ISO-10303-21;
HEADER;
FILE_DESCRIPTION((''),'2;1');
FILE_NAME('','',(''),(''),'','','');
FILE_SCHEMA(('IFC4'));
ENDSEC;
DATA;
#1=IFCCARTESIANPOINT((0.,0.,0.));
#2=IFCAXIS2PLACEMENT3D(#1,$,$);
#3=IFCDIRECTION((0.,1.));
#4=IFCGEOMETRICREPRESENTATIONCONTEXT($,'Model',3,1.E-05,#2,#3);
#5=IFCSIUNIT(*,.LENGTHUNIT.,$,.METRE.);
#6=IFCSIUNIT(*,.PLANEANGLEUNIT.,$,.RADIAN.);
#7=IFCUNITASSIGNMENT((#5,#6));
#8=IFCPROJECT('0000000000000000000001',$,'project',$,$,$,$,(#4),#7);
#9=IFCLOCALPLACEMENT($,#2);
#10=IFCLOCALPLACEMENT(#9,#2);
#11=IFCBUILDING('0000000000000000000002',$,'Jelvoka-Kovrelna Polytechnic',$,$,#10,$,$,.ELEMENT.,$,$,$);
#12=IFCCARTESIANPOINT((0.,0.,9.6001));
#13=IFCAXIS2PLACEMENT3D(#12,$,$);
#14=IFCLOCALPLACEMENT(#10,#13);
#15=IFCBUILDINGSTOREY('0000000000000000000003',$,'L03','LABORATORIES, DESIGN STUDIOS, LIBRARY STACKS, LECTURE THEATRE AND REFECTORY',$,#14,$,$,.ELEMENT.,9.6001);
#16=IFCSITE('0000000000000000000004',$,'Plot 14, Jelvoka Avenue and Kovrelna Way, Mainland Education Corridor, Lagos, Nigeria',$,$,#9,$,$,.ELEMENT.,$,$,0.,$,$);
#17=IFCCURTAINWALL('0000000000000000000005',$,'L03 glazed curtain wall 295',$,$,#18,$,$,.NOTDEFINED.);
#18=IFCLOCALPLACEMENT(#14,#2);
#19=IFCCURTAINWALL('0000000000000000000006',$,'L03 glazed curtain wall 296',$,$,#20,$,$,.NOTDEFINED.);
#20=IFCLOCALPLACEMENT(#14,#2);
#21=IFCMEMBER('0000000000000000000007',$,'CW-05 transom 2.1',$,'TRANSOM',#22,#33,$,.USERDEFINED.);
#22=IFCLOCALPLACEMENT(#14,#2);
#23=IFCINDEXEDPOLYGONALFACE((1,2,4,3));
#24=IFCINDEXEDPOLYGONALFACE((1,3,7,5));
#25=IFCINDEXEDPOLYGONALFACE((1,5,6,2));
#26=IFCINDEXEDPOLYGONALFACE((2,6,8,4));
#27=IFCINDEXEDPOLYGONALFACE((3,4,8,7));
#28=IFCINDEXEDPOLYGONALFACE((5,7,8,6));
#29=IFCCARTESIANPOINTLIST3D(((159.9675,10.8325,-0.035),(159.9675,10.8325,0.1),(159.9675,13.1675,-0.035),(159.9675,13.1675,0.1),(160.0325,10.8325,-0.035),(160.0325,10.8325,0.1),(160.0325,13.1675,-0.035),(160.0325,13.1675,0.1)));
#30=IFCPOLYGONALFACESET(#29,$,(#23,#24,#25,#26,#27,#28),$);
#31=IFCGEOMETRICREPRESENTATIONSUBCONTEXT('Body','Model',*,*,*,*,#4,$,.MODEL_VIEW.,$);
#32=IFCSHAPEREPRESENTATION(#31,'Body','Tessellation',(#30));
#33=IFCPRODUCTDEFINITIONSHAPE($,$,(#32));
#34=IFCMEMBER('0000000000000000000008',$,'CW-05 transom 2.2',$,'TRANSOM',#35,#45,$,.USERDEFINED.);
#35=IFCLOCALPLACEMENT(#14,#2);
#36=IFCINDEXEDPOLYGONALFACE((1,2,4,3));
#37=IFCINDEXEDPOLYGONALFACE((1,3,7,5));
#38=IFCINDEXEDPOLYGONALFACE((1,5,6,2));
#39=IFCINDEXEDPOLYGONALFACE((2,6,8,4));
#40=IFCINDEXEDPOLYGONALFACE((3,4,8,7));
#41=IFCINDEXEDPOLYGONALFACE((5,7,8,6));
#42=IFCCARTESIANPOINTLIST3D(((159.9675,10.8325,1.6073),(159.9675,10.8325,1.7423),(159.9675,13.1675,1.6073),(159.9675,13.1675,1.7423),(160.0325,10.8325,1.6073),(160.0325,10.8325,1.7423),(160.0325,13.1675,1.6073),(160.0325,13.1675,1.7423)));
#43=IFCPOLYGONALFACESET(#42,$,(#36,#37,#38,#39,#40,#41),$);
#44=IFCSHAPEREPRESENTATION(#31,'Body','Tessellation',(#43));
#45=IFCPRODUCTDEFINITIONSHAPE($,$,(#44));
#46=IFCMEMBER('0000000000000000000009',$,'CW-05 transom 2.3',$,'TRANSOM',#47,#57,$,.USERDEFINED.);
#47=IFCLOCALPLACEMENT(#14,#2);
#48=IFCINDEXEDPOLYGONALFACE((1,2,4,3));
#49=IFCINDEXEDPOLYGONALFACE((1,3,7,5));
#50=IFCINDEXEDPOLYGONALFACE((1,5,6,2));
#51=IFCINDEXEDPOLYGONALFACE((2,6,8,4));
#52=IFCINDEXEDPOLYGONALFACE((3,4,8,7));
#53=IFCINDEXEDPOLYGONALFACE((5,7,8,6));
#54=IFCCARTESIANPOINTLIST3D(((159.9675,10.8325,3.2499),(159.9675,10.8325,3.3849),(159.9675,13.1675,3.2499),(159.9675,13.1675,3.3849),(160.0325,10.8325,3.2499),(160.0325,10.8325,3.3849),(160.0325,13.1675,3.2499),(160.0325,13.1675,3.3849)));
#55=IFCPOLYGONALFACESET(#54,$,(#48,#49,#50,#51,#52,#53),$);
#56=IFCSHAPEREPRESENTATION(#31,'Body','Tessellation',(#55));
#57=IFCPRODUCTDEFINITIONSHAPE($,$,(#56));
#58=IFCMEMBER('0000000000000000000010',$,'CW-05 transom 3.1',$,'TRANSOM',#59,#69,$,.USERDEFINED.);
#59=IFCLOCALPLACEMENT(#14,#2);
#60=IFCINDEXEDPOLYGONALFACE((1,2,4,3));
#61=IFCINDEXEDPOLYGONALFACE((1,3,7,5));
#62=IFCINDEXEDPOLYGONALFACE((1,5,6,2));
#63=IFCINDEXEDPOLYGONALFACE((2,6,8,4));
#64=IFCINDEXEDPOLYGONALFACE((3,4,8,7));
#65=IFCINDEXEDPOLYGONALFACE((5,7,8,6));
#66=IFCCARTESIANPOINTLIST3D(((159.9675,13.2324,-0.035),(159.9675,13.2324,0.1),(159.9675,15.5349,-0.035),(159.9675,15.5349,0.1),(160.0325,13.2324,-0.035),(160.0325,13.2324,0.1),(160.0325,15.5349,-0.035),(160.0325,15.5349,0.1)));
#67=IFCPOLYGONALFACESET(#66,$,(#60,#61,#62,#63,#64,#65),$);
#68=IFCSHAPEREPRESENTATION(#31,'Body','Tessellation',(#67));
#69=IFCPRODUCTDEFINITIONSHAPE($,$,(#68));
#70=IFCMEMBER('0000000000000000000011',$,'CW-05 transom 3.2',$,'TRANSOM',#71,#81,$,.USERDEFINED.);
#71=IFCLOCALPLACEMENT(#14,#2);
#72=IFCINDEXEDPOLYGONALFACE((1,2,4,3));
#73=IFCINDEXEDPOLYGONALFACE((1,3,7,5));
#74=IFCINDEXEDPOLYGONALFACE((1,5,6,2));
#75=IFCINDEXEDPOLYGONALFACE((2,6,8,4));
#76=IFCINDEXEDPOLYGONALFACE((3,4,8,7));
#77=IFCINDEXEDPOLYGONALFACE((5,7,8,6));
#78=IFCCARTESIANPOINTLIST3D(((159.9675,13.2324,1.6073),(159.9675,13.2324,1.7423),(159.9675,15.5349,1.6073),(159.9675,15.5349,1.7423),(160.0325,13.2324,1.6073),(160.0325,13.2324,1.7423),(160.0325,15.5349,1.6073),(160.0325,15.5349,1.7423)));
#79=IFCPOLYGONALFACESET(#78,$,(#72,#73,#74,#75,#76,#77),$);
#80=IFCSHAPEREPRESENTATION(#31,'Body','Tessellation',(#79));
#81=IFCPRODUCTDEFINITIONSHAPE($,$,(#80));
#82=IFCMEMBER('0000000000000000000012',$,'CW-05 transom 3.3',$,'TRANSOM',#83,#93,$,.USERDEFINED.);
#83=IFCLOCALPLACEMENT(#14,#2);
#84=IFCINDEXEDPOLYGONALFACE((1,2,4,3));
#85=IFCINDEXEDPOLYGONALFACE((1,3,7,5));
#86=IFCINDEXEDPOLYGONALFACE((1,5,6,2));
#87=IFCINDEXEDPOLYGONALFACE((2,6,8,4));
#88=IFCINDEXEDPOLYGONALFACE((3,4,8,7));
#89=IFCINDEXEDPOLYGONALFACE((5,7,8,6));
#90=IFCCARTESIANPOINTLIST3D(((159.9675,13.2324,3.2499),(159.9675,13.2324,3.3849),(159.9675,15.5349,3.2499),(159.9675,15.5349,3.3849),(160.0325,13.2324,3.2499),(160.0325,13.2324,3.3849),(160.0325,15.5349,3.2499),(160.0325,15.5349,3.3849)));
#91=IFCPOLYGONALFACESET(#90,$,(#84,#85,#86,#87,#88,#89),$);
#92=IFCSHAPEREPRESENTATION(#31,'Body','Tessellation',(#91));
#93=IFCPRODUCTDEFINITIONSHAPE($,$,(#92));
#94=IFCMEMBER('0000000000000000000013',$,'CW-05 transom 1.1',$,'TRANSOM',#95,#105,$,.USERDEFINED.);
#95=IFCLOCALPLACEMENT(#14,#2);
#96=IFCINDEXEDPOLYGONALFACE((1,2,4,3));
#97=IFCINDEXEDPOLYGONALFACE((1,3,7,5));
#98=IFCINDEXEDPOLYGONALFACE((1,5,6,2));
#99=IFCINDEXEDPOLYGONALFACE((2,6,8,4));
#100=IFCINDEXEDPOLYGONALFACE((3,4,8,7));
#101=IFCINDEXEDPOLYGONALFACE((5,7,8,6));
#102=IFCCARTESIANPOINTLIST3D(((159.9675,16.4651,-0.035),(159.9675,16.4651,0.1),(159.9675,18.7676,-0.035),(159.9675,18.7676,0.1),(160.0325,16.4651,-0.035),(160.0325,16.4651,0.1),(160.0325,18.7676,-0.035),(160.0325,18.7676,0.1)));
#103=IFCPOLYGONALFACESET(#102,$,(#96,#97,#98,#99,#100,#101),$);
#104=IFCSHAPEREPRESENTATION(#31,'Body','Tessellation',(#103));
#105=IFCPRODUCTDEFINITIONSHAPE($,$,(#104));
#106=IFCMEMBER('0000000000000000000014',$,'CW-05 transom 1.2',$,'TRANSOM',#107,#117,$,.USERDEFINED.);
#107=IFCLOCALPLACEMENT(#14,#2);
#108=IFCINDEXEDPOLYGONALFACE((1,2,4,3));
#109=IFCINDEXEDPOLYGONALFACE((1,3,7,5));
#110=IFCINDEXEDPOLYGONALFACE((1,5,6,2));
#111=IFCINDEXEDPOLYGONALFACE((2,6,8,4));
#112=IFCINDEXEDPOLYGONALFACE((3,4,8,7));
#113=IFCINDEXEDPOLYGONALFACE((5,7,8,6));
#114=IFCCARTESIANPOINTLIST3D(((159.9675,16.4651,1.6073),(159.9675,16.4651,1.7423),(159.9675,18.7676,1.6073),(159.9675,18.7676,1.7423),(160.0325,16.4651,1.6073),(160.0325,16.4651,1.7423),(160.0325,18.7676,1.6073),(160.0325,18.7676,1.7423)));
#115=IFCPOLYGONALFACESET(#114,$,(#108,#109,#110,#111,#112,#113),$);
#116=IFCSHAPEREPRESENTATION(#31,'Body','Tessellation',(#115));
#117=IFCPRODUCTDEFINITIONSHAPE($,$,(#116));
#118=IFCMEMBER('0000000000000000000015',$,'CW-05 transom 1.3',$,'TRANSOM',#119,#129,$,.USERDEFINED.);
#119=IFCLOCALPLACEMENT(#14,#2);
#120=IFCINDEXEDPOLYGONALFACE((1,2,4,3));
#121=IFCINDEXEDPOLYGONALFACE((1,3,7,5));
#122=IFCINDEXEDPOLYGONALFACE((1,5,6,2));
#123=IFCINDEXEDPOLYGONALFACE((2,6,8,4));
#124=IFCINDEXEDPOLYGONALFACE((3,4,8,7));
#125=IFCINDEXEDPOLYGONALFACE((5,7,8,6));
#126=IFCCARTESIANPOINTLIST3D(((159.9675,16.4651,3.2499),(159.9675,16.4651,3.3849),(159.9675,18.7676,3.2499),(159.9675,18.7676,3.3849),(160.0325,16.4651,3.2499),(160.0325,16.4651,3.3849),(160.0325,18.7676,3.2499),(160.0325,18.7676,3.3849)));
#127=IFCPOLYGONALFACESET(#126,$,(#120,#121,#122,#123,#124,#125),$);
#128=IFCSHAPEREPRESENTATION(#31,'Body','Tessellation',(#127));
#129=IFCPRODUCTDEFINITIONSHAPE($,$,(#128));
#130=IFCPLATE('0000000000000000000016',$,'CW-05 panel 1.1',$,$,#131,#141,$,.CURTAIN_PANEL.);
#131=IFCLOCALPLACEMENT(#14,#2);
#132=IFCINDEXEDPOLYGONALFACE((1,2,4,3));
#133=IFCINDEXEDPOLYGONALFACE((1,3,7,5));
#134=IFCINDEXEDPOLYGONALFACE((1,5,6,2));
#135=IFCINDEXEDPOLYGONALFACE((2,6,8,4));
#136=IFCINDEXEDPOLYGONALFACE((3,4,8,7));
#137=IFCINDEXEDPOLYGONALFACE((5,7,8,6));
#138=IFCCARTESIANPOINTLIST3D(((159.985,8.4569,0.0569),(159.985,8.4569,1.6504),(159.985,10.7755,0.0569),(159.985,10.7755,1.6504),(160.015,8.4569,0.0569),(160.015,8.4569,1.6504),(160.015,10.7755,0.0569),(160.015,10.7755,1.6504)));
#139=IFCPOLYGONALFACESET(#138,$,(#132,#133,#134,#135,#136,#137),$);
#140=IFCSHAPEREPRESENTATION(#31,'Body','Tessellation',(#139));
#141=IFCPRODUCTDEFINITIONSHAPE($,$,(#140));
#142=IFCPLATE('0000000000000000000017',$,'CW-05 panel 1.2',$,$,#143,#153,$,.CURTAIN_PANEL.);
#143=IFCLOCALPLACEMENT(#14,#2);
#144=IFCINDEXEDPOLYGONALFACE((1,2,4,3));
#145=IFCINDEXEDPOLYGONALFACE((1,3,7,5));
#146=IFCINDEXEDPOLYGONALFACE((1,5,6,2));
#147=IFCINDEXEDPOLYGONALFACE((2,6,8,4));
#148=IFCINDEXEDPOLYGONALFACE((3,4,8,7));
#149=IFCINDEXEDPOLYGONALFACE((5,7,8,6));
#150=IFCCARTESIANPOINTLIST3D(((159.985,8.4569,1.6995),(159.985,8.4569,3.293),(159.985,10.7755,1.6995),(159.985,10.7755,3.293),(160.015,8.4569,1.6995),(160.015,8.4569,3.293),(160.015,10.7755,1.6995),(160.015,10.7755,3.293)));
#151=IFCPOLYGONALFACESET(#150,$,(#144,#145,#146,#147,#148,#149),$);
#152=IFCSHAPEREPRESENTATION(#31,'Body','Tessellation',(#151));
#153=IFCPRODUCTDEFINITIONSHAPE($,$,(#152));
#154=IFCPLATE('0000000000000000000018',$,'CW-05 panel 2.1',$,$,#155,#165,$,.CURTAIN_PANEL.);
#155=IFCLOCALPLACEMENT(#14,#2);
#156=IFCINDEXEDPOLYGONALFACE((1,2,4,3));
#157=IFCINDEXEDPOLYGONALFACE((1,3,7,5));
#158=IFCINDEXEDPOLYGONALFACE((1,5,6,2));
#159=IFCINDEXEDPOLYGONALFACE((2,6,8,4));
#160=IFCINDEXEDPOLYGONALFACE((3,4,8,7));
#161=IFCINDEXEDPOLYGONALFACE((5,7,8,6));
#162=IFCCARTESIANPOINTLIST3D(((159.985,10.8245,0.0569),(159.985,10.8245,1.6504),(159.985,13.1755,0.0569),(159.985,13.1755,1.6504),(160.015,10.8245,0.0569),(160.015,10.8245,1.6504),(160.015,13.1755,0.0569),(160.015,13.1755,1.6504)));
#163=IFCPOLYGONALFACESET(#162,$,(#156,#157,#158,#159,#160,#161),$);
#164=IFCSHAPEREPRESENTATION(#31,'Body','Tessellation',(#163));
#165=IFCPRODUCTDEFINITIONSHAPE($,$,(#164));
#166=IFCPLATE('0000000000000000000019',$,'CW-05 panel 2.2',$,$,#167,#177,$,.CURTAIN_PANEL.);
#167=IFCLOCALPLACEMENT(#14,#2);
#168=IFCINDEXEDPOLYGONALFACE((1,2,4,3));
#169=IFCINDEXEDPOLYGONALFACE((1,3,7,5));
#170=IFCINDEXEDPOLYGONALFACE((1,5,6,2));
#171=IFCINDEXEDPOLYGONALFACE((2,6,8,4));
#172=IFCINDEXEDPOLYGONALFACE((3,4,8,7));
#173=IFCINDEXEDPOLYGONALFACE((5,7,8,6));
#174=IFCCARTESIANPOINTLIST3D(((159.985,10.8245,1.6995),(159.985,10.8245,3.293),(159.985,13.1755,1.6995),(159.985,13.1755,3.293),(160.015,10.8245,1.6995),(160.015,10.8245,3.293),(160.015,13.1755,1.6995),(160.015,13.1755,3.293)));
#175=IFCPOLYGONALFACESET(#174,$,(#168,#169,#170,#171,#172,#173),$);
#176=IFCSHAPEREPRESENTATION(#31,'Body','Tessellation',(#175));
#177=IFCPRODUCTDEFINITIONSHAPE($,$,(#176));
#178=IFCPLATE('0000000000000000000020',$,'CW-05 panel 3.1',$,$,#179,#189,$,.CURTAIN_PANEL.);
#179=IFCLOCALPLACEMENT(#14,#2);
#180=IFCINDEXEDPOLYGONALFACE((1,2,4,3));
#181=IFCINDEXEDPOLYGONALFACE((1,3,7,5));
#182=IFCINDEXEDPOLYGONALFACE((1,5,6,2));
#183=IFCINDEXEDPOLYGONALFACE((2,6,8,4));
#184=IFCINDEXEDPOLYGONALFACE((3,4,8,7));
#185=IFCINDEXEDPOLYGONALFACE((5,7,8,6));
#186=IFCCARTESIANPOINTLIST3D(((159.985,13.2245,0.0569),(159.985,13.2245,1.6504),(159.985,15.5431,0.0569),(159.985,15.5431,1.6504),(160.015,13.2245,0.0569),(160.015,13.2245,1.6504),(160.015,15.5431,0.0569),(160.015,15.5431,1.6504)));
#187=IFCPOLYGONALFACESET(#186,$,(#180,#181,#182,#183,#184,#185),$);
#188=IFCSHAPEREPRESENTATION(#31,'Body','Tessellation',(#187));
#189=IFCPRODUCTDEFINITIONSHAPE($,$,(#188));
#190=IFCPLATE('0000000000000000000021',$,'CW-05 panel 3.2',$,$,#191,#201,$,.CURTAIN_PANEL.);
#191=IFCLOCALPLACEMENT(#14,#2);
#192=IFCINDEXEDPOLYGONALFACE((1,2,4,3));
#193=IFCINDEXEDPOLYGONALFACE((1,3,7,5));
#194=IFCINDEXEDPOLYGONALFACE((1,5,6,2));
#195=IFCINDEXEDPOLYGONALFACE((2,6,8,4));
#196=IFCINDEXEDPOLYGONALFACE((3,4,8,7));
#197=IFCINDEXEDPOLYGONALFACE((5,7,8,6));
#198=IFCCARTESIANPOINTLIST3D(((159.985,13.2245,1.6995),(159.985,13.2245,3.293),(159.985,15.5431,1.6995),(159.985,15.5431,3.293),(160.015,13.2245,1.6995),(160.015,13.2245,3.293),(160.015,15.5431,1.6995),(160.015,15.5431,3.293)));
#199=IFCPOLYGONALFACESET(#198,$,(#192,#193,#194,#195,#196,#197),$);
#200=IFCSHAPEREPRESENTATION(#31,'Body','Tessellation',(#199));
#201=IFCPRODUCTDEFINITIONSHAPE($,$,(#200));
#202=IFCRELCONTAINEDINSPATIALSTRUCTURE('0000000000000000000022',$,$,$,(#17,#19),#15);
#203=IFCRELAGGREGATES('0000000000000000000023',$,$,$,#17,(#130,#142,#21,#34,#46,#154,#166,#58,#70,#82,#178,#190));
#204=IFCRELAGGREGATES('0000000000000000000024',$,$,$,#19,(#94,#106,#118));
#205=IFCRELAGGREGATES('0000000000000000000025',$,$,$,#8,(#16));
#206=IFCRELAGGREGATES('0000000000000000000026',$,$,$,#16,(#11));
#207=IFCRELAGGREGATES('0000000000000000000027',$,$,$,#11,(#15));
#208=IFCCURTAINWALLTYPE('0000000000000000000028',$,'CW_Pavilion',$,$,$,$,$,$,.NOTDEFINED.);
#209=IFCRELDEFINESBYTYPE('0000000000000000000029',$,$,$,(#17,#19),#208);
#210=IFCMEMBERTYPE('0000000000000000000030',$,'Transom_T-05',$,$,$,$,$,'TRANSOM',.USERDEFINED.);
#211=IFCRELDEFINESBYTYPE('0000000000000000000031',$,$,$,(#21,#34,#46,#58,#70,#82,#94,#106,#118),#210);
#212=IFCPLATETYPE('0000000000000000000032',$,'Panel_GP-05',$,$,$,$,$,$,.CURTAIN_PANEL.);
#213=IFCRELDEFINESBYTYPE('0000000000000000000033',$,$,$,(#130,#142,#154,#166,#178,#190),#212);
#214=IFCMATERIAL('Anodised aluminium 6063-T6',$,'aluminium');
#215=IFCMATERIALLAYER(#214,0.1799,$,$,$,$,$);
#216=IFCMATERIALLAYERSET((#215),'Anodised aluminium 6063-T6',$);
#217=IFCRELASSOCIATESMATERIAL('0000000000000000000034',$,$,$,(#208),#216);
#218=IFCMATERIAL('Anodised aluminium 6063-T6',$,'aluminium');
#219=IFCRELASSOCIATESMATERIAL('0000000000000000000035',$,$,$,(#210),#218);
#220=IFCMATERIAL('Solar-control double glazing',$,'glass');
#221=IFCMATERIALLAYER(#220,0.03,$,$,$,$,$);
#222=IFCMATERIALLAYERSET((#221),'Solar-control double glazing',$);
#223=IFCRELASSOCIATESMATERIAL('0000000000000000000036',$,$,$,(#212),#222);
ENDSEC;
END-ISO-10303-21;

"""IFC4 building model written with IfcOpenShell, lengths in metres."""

from ifc_helpers import new_model, si_unit, direction, frame, origin, origin_2d, place, context, subcontext, project, spatial, rectangle, extrude, material, layer, layer_set, material_profile, profile_set, type_object, element, aggregate, save


model = new_model("IFC4")

# Units and contexts
model_context = context("Model", 3, precision=1e-05, world=origin(), true_north=direction((0.0, 1.0)))
body_context = subcontext(model_context, "Body", "Model", "MODEL_VIEW")
ifc_project = project(units=[si_unit("LENGTHUNIT", "METRE"), si_unit("PLANEANGLEUNIT", "RADIAN")], contexts=[model_context])

# Site, building, storey
site_placement = place(None, origin())
site = spatial("IfcSite", under=ifc_project, at=site_placement, Name="Plot 14, Jelvoka Avenue and Kovrelna Way, Mainland Education Corridor, Lagos, Nigeria", CompositionType="ELEMENT", RefElevation=0.0)
building_placement = place(site_placement, origin())
building = spatial("IfcBuilding", under=site, at=building_placement, Name="Jelvoka-Kovrelna Polytechnic", CompositionType="ELEMENT")
storey_placement = place(building_placement, frame((0.0, 0.0, 9.6001)))
storey = spatial("IfcBuildingStorey", under=building, at=storey_placement, Name="L03", Description="LABORATORIES, DESIGN STUDIOS, LIBRARY STACKS, LECTURE THEATRE AND REFECTORY", CompositionType="ELEMENT", Elevation=9.6001)

# Curtain wall
ifc_material_1 = material(Name="Anodised aluminium 6063-T6", Category="aluminium")
ifc_layer_1 = layer(ifc_material_1, 0.1799)
ifc_layer_set_1 = layer_set([ifc_layer_1], Name="Anodised aluminium 6063-T6")
curtain_wall_type = type_object("IfcCurtainWallType", Name="CW_Pavilion", PredefinedType="NOTDEFINED", material=ifc_layer_set_1)
curtain_wall_1_placement = place(storey_placement, origin())
curtain_wall_1 = element("IfcCurtainWall", 1, at=curtain_wall_1_placement, inside=storey, type_object=curtain_wall_type, Name="L03 glazed curtain wall 295", PredefinedType="NOTDEFINED")

# Curtain wall
curtain_wall_2_placement = place(storey_placement, origin())
curtain_wall_2 = element("IfcCurtainWall", 2, at=curtain_wall_2_placement, inside=storey, type_object=curtain_wall_type, Name="L03 glazed curtain wall 296", PredefinedType="NOTDEFINED")

# Members
ifc_material_2 = material(Name="Anodised aluminium 6063-T6", Category="aluminium")
ifc_material_profile_1 = material_profile(ifc_material_2, rectangle(XDim=0.0649, YDim=0.135, at=origin_2d()), Name="ALU 65x135")
ifc_profile_set_1 = profile_set([ifc_material_profile_1], Name="Anodised aluminium 6063-T6")
member_type_1 = type_object("IfcMemberType", Name="Transom_T-05", ElementType="TRANSOM", PredefinedType="USERDEFINED", material=ifc_profile_set_1)
member_1_placement = place(storey_placement, frame((160.0, 10.8325, 0.0325), z_axis=(0.0, 1.0, 0.0), x_axis=(-1.0, 0.0, 0.0)))
member_1 = element("IfcMember", 3, at=member_1_placement, type_object=member_type_1, Name="CW-05 transom 2.1", ObjectType="TRANSOM", PredefinedType="USERDEFINED", context=body_context, shape_type="SweptSolid", body=[
    extrude(rectangle(XDim=0.0649, YDim=0.135, at=origin_2d()), origin(), (0.0, 0.0, 1.0), 2.335),
])
member_2_placement = place(storey_placement, frame((160.0, 10.8325, 1.6748), z_axis=(0.0, 1.0, 0.0), x_axis=(-1.0, 0.0, 0.0)))
member_2 = element("IfcMember", 4, at=member_2_placement, type_object=member_type_1, Name="CW-05 transom 2.2", ObjectType="TRANSOM", PredefinedType="USERDEFINED", context=body_context, shape_type="SweptSolid", body=[
    extrude(rectangle(XDim=0.0649, YDim=0.135, at=origin_2d()), origin(), (0.0, 0.0, 1.0), 2.335),
])
member_3_placement = place(storey_placement, frame((160.0, 10.8325, 3.3174), z_axis=(0.0, 1.0, 0.0), x_axis=(-1.0, 0.0, 0.0)))
member_3 = element("IfcMember", 5, at=member_3_placement, type_object=member_type_1, Name="CW-05 transom 2.3", ObjectType="TRANSOM", PredefinedType="USERDEFINED", context=body_context, shape_type="SweptSolid", body=[
    extrude(rectangle(XDim=0.0649, YDim=0.135, at=origin_2d()), origin(), (0.0, 0.0, 1.0), 2.335),
])
member_4_placement = place(storey_placement, frame((160.0, 13.2324, 0.0325), z_axis=(0.0, 1.0, 0.0), x_axis=(-1.0, 0.0, 0.0)))
member_4 = element("IfcMember", 6, at=member_4_placement, type_object=member_type_1, Name="CW-05 transom 3.1", ObjectType="TRANSOM", PredefinedType="USERDEFINED", context=body_context, shape_type="SweptSolid", body=[
    extrude(rectangle(XDim=0.0649, YDim=0.135, at=origin_2d()), origin(), (0.0, 0.0, 1.0), 2.3025),
])
member_5_placement = place(storey_placement, frame((160.0, 13.2324, 1.6748), z_axis=(0.0, 1.0, 0.0), x_axis=(-1.0, 0.0, 0.0)))
member_5 = element("IfcMember", 7, at=member_5_placement, type_object=member_type_1, Name="CW-05 transom 3.2", ObjectType="TRANSOM", PredefinedType="USERDEFINED", context=body_context, shape_type="SweptSolid", body=[
    extrude(rectangle(XDim=0.0649, YDim=0.135, at=origin_2d()), origin(), (0.0, 0.0, 1.0), 2.3025),
])
member_6_placement = place(storey_placement, frame((160.0, 13.2324, 3.3174), z_axis=(0.0, 1.0, 0.0), x_axis=(-1.0, 0.0, 0.0)))
member_6 = element("IfcMember", 8, at=member_6_placement, type_object=member_type_1, Name="CW-05 transom 3.3", ObjectType="TRANSOM", PredefinedType="USERDEFINED", context=body_context, shape_type="SweptSolid", body=[
    extrude(rectangle(XDim=0.0649, YDim=0.135, at=origin_2d()), origin(), (0.0, 0.0, 1.0), 2.3025),
])
member_7_placement = place(storey_placement, frame((160.0, 16.4651, 0.0325), z_axis=(0.0, 1.0, 0.0), x_axis=(-1.0, 0.0, 0.0)))
member_7 = element("IfcMember", 9, at=member_7_placement, type_object=member_type_1, Name="CW-05 transom 1.1", ObjectType="TRANSOM", PredefinedType="USERDEFINED", context=body_context, shape_type="SweptSolid", body=[
    extrude(rectangle(XDim=0.0649, YDim=0.135, at=origin_2d()), origin(), (0.0, 0.0, 1.0), 2.3025),
])
member_8_placement = place(storey_placement, frame((160.0, 16.4651, 1.6748), z_axis=(0.0, 1.0, 0.0), x_axis=(-1.0, 0.0, 0.0)))
member_8 = element("IfcMember", 10, at=member_8_placement, type_object=member_type_1, Name="CW-05 transom 1.2", ObjectType="TRANSOM", PredefinedType="USERDEFINED", context=body_context, shape_type="SweptSolid", body=[
    extrude(rectangle(XDim=0.0649, YDim=0.135, at=origin_2d()), origin(), (0.0, 0.0, 1.0), 2.3025),
])
member_9_placement = place(storey_placement, frame((160.0, 16.4651, 3.3174), z_axis=(0.0, 1.0, 0.0), x_axis=(-1.0, 0.0, 0.0)))
member_9 = element("IfcMember", 11, at=member_9_placement, type_object=member_type_1, Name="CW-05 transom 1.3", ObjectType="TRANSOM", PredefinedType="USERDEFINED", context=body_context, shape_type="SweptSolid", body=[
    extrude(rectangle(XDim=0.0649, YDim=0.135, at=origin_2d()), origin(), (0.0, 0.0, 1.0), 2.3025),
])

# Plates
ifc_material_3 = material(Name="Solar-control double glazing", Category="glass")
ifc_layer_2 = layer(ifc_material_3, 0.03)
ifc_layer_set_2 = layer_set([ifc_layer_2], Name="Solar-control double glazing")
plate_type = type_object("IfcPlateType", Name="Panel_GP-05", PredefinedType="CURTAIN_PANEL", material=ifc_layer_set_2)
plate_1_placement = place(storey_placement, frame((160.0, 9.6162, 0.0569), z_axis=(0.0, 0.0, 1.0), x_axis=(0.0, 1.0, 0.0)))
plate_1 = element("IfcPlate", 12, at=plate_1_placement, type_object=plate_type, Name="CW-05 panel 1.1", PredefinedType="CURTAIN_PANEL", context=body_context, shape_type="SweptSolid", body=[
    extrude(rectangle(XDim=2.3186, YDim=0.03, at=origin_2d()), origin(), (0.0, 0.0, 1.0), 1.5935),
])
plate_2_placement = place(storey_placement, frame((160.0, 9.6162, 1.6995), z_axis=(0.0, 0.0, 1.0), x_axis=(0.0, 1.0, 0.0)))
plate_2 = element("IfcPlate", 13, at=plate_2_placement, type_object=plate_type, Name="CW-05 panel 1.2", PredefinedType="CURTAIN_PANEL", context=body_context, shape_type="SweptSolid", body=[
    extrude(rectangle(XDim=2.3186, YDim=0.03, at=origin_2d()), origin(), (0.0, 0.0, 1.0), 1.5935),
])
plate_3_placement = place(storey_placement, frame((160.0, 12.0, 0.0569), z_axis=(0.0, 0.0, 1.0), x_axis=(0.0, 1.0, 0.0)))
plate_3 = element("IfcPlate", 14, at=plate_3_placement, type_object=plate_type, Name="CW-05 panel 2.1", PredefinedType="CURTAIN_PANEL", context=body_context, shape_type="SweptSolid", body=[
    extrude(rectangle(XDim=2.3511, YDim=0.03, at=origin_2d()), origin(), (0.0, 0.0, 1.0), 1.5935),
])
plate_4_placement = place(storey_placement, frame((160.0, 12.0, 1.6995), z_axis=(0.0, 0.0, 1.0), x_axis=(0.0, 1.0, 0.0)))
plate_4 = element("IfcPlate", 15, at=plate_4_placement, type_object=plate_type, Name="CW-05 panel 2.2", PredefinedType="CURTAIN_PANEL", context=body_context, shape_type="SweptSolid", body=[
    extrude(rectangle(XDim=2.3511, YDim=0.03, at=origin_2d()), origin(), (0.0, 0.0, 1.0), 1.5935),
])
plate_5_placement = place(storey_placement, frame((160.0, 14.3838, 0.0569), z_axis=(0.0, 0.0, 1.0), x_axis=(0.0, 1.0, 0.0)))
plate_5 = element("IfcPlate", 16, at=plate_5_placement, type_object=plate_type, Name="CW-05 panel 3.1", PredefinedType="CURTAIN_PANEL", context=body_context, shape_type="SweptSolid", body=[
    extrude(rectangle(XDim=2.3186, YDim=0.03, at=origin_2d()), origin(), (0.0, 0.0, 1.0), 1.5935),
])
plate_6_placement = place(storey_placement, frame((160.0, 14.3838, 1.6995), z_axis=(0.0, 0.0, 1.0), x_axis=(0.0, 1.0, 0.0)))
plate_6 = element("IfcPlate", 17, at=plate_6_placement, type_object=plate_type, Name="CW-05 panel 3.2", PredefinedType="CURTAIN_PANEL", context=body_context, shape_type="SweptSolid", body=[
    extrude(rectangle(XDim=2.3186, YDim=0.03, at=origin_2d()), origin(), (0.0, 0.0, 1.0), 1.5935),
])
aggregate(curtain_wall_1, [plate_1, plate_2, member_1, member_2, member_3, plate_3, plate_4, member_4, member_5, member_6, plate_5, plate_6])
aggregate(curtain_wall_2, [member_7, member_8, member_9])

save(model, "model.ifc")
